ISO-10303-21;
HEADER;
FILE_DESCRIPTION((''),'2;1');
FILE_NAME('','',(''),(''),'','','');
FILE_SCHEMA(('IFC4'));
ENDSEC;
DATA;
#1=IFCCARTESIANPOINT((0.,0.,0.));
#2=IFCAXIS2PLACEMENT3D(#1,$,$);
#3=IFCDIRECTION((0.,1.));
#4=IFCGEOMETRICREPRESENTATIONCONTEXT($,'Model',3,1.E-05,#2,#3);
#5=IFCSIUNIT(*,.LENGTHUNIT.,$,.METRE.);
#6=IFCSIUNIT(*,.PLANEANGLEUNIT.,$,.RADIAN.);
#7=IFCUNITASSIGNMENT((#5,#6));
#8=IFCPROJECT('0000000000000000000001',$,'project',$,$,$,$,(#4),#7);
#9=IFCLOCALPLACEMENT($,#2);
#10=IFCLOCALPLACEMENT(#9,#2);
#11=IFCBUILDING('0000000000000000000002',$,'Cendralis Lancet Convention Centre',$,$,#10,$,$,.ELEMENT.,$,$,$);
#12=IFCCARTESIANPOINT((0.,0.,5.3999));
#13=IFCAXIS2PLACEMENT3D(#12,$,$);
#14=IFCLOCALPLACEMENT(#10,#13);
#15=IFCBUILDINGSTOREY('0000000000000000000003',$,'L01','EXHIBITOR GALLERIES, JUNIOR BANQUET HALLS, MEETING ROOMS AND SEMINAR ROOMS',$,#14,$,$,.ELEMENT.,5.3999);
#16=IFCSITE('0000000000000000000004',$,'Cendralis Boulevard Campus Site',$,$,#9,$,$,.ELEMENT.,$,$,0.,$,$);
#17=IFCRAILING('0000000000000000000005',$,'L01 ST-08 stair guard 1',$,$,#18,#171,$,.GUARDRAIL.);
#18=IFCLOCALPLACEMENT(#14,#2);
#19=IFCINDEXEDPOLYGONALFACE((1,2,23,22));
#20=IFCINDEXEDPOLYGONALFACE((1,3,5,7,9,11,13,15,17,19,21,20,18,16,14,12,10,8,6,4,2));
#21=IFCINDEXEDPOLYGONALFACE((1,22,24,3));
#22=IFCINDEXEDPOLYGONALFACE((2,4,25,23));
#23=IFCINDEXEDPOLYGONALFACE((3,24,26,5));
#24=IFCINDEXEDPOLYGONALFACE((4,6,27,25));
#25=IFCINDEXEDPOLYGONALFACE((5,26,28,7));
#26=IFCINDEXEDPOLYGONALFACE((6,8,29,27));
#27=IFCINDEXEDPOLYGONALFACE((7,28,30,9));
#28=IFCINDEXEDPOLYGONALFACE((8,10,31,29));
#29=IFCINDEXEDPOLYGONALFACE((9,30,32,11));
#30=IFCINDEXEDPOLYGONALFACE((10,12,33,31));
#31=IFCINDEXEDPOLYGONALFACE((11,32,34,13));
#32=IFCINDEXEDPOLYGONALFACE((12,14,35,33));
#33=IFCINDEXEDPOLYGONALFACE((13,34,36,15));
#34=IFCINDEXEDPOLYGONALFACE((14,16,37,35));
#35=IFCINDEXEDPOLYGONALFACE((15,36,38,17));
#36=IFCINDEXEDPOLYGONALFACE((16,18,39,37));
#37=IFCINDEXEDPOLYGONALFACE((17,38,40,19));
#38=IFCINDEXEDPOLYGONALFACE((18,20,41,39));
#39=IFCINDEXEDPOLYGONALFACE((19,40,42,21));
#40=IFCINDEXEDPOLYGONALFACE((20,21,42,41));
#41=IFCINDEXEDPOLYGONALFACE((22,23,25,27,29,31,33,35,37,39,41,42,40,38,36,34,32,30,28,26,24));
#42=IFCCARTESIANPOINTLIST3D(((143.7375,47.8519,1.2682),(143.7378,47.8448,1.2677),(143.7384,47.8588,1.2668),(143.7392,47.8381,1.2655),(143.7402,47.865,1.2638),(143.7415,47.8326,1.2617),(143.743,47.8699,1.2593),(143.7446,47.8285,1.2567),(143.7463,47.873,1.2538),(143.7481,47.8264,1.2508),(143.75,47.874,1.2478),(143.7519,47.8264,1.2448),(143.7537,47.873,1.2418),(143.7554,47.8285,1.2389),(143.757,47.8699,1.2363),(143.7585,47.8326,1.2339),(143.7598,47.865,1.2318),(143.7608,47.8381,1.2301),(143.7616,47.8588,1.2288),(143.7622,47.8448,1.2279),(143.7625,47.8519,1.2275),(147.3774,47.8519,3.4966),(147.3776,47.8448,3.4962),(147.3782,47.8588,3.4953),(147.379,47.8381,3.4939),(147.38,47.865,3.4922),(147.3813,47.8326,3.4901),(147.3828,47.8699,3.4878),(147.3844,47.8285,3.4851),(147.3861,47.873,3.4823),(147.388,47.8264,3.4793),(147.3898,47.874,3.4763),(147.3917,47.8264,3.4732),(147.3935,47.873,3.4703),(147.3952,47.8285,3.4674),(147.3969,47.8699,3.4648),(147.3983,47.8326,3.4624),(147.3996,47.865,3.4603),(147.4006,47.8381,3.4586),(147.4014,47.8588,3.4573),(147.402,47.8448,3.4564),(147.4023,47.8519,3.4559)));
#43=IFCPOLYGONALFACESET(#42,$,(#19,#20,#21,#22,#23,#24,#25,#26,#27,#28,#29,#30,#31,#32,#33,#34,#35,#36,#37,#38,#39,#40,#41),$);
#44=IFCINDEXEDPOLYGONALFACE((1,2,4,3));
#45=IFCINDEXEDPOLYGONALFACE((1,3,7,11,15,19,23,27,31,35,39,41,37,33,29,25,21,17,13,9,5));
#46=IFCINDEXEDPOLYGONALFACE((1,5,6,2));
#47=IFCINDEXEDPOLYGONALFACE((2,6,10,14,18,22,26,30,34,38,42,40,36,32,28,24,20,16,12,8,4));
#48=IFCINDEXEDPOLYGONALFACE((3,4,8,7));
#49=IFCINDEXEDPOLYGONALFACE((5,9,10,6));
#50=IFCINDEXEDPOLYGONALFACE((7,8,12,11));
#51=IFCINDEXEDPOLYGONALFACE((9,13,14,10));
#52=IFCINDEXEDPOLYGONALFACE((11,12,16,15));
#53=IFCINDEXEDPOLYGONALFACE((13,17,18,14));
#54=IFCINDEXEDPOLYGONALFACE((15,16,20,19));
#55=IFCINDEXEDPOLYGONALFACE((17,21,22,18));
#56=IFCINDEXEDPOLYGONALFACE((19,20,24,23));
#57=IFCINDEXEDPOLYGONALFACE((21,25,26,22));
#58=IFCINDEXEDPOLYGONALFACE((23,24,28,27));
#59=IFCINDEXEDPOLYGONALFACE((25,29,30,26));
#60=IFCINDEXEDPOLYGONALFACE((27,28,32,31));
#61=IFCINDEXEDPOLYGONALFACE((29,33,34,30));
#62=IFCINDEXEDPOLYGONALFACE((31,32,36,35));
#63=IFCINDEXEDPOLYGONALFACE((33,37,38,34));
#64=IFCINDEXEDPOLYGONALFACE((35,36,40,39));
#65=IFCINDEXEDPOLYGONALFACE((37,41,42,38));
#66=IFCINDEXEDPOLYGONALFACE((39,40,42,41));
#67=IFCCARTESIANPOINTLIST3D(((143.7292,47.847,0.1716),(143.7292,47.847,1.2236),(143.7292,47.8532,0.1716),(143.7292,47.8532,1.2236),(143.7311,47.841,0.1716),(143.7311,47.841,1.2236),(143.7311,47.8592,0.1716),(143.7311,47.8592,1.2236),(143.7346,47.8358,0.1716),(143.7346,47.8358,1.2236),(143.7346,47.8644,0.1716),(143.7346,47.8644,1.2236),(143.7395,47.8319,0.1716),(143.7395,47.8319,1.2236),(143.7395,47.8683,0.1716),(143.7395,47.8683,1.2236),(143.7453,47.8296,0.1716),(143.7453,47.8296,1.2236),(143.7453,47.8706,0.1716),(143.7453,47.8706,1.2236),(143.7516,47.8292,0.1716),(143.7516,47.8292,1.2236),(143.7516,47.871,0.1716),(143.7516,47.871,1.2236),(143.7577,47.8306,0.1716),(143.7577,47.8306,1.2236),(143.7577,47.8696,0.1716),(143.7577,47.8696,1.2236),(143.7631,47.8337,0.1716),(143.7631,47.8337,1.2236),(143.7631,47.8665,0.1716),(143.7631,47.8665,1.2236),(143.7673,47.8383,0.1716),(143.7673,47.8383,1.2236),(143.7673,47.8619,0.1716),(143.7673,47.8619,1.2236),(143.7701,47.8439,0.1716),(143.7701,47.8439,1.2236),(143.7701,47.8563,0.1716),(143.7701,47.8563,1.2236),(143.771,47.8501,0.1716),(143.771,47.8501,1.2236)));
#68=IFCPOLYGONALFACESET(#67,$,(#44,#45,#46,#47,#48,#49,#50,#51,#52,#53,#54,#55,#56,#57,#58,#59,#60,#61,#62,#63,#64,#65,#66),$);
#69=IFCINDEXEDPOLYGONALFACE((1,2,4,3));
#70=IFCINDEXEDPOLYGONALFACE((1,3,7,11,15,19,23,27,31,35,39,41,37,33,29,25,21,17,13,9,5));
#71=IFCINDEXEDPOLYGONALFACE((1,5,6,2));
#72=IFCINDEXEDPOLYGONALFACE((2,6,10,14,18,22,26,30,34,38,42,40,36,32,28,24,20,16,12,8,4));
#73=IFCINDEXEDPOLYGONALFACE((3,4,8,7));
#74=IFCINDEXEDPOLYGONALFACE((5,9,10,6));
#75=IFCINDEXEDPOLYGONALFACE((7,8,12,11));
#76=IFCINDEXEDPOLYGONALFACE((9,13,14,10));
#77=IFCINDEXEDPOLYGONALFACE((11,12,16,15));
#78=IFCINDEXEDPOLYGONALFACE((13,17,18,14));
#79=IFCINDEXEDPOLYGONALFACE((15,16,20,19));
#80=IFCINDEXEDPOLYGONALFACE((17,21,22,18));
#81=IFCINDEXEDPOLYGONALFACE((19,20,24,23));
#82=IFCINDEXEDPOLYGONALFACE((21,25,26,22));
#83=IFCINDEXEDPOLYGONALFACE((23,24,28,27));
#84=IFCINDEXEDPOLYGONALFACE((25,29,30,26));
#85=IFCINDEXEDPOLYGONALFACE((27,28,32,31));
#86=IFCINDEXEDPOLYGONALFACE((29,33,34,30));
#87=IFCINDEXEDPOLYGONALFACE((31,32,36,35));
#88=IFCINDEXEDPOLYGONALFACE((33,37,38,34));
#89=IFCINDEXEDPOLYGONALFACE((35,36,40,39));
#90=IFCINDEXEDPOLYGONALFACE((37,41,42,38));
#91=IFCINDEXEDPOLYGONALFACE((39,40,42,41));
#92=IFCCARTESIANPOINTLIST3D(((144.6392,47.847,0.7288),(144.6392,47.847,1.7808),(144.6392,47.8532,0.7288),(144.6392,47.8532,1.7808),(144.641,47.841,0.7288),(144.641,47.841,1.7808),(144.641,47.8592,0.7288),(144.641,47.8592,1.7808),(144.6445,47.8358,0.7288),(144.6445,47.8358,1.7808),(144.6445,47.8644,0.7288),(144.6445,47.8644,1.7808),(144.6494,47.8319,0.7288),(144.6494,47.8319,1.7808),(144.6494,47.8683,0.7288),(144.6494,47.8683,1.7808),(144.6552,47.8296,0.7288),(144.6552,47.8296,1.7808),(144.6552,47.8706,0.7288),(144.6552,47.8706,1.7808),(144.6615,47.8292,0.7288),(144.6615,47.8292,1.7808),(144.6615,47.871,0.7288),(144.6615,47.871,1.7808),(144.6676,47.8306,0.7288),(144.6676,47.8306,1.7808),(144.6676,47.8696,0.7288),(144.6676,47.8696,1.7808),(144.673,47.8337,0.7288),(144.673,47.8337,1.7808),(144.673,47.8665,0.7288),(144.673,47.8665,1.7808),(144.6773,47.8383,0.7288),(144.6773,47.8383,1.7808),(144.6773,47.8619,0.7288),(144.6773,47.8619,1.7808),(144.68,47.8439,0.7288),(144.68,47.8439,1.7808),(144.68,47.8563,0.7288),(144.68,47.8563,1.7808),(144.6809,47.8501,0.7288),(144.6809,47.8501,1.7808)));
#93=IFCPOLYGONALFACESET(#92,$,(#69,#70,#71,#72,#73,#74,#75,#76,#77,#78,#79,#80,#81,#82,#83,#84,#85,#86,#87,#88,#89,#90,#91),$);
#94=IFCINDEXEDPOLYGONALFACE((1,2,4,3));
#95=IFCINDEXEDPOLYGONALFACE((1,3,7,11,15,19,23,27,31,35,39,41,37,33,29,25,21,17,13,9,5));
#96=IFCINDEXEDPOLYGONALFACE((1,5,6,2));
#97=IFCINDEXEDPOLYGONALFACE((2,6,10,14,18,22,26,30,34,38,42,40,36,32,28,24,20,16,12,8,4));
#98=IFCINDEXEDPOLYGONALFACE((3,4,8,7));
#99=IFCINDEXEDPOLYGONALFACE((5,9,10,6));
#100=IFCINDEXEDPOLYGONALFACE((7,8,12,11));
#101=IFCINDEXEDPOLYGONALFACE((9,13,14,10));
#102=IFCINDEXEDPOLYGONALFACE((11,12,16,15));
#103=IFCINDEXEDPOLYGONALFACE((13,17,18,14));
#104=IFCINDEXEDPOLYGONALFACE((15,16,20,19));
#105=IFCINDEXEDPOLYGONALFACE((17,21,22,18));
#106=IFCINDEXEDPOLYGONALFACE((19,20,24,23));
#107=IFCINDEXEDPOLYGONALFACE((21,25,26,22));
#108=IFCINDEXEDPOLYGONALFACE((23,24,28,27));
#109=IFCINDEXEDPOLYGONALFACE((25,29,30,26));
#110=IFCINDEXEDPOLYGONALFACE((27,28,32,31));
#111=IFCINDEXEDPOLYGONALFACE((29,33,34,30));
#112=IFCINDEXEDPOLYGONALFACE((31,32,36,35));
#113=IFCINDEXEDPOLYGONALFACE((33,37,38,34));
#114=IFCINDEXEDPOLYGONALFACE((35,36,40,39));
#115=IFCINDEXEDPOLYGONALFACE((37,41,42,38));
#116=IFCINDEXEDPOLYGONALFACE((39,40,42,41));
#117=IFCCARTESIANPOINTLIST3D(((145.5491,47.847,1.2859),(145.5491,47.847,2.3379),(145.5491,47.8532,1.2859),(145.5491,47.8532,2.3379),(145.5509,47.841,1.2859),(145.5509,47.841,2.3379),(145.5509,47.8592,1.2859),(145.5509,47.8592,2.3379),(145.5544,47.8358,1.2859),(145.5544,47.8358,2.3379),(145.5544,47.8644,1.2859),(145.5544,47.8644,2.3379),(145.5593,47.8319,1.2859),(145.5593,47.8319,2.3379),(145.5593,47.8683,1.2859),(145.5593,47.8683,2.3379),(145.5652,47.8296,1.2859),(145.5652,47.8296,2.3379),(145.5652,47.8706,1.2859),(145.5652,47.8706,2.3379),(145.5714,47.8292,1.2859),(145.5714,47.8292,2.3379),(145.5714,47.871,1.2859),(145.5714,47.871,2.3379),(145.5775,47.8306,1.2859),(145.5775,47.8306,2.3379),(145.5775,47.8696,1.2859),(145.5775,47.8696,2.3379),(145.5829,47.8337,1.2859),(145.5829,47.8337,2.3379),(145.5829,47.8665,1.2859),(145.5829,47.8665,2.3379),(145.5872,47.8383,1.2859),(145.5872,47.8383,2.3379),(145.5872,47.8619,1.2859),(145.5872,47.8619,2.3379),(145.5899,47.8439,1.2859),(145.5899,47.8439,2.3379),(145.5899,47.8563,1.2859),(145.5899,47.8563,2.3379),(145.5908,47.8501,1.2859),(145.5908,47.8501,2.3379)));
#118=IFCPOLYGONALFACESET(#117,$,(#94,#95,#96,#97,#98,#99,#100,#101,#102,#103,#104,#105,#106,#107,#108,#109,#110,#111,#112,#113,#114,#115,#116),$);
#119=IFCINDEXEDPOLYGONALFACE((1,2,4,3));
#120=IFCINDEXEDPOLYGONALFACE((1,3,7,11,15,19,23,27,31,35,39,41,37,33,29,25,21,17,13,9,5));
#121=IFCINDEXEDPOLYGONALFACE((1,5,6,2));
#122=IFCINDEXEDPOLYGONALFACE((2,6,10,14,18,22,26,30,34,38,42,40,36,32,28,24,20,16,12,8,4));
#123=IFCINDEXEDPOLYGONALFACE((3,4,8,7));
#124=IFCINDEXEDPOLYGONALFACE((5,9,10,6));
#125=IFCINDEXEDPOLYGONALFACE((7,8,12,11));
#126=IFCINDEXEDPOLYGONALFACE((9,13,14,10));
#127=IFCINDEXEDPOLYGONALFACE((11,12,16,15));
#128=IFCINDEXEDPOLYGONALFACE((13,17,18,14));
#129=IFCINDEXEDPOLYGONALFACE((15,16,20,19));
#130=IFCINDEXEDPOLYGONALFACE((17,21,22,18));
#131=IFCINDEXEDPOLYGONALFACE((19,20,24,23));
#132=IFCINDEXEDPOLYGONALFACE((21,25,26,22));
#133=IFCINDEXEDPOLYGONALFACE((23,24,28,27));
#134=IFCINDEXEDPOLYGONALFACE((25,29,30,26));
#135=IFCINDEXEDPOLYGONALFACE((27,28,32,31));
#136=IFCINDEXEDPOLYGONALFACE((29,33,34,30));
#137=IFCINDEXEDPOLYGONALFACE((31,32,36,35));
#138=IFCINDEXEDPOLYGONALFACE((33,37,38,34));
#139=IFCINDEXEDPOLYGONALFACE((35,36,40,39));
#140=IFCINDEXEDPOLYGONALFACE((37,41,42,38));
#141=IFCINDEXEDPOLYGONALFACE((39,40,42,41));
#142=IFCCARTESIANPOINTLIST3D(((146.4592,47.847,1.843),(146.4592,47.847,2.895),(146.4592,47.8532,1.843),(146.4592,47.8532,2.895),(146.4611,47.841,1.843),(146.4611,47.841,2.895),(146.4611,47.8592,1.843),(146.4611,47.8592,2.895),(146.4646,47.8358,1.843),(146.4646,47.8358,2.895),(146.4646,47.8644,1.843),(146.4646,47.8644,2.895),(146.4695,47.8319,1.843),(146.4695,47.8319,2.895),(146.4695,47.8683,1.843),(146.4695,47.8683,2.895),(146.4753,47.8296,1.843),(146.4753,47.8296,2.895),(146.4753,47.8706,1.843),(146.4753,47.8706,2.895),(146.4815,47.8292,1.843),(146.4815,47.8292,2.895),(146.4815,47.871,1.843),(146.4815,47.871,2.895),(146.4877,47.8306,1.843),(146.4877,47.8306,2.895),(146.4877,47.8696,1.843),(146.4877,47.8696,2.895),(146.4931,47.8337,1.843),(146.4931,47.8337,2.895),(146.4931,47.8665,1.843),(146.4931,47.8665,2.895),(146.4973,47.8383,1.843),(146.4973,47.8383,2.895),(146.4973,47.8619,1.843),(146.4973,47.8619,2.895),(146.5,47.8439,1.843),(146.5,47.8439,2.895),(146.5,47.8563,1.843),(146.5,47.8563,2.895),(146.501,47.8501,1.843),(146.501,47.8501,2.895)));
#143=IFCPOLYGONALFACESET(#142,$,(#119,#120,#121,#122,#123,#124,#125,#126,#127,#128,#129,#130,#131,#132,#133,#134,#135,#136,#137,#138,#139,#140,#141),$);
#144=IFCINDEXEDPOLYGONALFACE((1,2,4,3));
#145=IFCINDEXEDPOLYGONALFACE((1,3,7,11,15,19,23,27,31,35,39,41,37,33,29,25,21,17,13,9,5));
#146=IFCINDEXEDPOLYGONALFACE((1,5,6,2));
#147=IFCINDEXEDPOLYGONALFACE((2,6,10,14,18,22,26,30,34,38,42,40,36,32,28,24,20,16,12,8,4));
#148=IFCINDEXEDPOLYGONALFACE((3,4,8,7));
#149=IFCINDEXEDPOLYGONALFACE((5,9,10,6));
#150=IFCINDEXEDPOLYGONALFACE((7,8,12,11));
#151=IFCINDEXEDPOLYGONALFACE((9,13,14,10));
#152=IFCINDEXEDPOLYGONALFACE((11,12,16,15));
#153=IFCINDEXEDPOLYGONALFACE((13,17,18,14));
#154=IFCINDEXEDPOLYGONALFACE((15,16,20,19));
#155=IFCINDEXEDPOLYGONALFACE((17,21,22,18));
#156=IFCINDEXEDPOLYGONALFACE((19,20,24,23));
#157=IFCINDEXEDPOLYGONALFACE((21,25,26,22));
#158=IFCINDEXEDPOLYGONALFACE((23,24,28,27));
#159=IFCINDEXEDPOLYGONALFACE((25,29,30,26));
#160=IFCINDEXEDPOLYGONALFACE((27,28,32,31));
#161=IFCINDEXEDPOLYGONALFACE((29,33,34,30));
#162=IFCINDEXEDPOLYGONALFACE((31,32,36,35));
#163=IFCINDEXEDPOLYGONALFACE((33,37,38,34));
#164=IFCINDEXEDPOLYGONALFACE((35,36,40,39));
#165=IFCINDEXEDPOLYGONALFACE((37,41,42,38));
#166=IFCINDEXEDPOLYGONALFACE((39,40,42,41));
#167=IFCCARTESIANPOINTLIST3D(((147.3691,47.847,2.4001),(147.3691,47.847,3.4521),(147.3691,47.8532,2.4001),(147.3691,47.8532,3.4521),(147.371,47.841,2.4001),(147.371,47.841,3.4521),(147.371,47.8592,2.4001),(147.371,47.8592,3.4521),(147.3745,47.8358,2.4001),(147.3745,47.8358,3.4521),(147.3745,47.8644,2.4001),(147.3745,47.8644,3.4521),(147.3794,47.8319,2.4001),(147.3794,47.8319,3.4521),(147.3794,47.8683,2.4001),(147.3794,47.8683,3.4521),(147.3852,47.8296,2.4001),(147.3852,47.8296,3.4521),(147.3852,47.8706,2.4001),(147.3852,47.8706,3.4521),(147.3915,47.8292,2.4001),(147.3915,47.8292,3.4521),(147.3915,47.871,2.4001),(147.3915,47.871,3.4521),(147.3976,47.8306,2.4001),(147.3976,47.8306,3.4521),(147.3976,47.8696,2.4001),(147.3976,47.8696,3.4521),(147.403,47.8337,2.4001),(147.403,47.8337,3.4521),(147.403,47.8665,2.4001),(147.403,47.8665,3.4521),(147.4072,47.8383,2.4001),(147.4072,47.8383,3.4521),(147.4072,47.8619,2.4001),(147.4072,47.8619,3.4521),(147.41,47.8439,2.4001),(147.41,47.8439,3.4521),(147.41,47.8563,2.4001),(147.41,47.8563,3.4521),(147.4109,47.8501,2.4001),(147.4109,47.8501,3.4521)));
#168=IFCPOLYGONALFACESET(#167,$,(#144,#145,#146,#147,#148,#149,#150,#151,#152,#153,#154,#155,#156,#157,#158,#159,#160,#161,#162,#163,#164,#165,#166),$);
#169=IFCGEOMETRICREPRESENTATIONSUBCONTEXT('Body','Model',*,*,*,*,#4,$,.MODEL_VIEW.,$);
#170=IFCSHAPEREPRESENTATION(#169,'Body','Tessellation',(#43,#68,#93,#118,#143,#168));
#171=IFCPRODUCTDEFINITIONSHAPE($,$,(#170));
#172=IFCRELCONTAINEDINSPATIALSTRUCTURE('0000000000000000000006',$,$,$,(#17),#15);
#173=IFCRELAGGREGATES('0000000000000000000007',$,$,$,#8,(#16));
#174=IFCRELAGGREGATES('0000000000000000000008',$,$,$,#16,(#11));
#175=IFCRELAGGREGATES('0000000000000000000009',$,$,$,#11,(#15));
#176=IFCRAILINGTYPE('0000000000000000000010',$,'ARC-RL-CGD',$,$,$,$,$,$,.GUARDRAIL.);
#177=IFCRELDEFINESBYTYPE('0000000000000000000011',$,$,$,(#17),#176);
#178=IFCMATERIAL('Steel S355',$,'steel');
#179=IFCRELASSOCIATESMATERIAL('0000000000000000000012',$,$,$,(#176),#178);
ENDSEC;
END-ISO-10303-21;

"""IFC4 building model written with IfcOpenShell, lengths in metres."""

from ifc_helpers import new_model, si_unit, direction, frame, origin, origin_2d, place, context, subcontext, project, spatial, circle, extrude, material, type_object, element, save


model = new_model("IFC4")

# Units and contexts
model_context = context("Model", 3, precision=1e-05, world=origin(), true_north=direction((0.0, 1.0)))
body_context = subcontext(model_context, "Body", "Model", "MODEL_VIEW")
ifc_project = project(units=[si_unit("LENGTHUNIT", "METRE"), si_unit("PLANEANGLEUNIT", "RADIAN")], contexts=[model_context])

# Site, building, storey
site_placement = place(None, origin())
site = spatial("IfcSite", under=ifc_project, at=site_placement, Name="Cendralis Boulevard Campus Site", CompositionType="ELEMENT", RefElevation=0.0)
building_placement = place(site_placement, origin())
building = spatial("IfcBuilding", under=site, at=building_placement, Name="Cendralis Lancet Convention Centre", CompositionType="ELEMENT")
storey_placement = place(building_placement, frame((0.0, 0.0, 5.3999)))
storey = spatial("IfcBuildingStorey", under=building, at=storey_placement, Name="L01", Description="EXHIBITOR GALLERIES, JUNIOR BANQUET HALLS, MEETING ROOMS AND SEMINAR ROOMS", CompositionType="ELEMENT", Elevation=5.3999)

# Shared definitions
ifc_material_1 = material(Name="Steel S355", Category="steel")

# Railing
railing_type_1 = type_object("IfcRailingType", Name="ARC-RL-CGD", PredefinedType="GUARDRAIL", material=ifc_material_1)
railing_1_placement = place(storey_placement, frame((143.75, 47.8501, 0.1716)))
element("IfcRailing", 1, at=railing_1_placement, inside=storey, type_object=railing_type_1, Name="L01 ST-08 stair guard 1", PredefinedType="GUARDRAIL", context=body_context, shape_type="SweptSolid", body=[
    extrude(circle(Radius=0.0239, at=origin_2d()), frame((0.0, 0.0, 1.0762), z_axis=(0.85285, 0.0, 0.522156), x_axis=(0.0, 1.0, 0.0)), (0.0, 0.0, 1.0), 4.2678),
    extrude(circle(Radius=0.021, at=origin_2d()), origin(), (0.0, 0.0, 1.0), 1.052),
    extrude(circle(Radius=0.021, at=origin_2d()), frame((0.9099, 0.0, 0.5571)), (0.0, 0.0, 1.0), 1.052),
    extrude(circle(Radius=0.021, at=origin_2d()), frame((1.8198, 0.0, 1.1143)), (0.0, 0.0, 1.0), 1.052),
    extrude(circle(Radius=0.021, at=origin_2d()), frame((2.73, 0.0, 1.6714)), (0.0, 0.0, 1.0), 1.052),
    extrude(circle(Radius=0.021, at=origin_2d()), frame((3.6399, 0.0, 2.2285)), (0.0, 0.0, 1.0), 1.052),
])

save(model, "model.ifc")
